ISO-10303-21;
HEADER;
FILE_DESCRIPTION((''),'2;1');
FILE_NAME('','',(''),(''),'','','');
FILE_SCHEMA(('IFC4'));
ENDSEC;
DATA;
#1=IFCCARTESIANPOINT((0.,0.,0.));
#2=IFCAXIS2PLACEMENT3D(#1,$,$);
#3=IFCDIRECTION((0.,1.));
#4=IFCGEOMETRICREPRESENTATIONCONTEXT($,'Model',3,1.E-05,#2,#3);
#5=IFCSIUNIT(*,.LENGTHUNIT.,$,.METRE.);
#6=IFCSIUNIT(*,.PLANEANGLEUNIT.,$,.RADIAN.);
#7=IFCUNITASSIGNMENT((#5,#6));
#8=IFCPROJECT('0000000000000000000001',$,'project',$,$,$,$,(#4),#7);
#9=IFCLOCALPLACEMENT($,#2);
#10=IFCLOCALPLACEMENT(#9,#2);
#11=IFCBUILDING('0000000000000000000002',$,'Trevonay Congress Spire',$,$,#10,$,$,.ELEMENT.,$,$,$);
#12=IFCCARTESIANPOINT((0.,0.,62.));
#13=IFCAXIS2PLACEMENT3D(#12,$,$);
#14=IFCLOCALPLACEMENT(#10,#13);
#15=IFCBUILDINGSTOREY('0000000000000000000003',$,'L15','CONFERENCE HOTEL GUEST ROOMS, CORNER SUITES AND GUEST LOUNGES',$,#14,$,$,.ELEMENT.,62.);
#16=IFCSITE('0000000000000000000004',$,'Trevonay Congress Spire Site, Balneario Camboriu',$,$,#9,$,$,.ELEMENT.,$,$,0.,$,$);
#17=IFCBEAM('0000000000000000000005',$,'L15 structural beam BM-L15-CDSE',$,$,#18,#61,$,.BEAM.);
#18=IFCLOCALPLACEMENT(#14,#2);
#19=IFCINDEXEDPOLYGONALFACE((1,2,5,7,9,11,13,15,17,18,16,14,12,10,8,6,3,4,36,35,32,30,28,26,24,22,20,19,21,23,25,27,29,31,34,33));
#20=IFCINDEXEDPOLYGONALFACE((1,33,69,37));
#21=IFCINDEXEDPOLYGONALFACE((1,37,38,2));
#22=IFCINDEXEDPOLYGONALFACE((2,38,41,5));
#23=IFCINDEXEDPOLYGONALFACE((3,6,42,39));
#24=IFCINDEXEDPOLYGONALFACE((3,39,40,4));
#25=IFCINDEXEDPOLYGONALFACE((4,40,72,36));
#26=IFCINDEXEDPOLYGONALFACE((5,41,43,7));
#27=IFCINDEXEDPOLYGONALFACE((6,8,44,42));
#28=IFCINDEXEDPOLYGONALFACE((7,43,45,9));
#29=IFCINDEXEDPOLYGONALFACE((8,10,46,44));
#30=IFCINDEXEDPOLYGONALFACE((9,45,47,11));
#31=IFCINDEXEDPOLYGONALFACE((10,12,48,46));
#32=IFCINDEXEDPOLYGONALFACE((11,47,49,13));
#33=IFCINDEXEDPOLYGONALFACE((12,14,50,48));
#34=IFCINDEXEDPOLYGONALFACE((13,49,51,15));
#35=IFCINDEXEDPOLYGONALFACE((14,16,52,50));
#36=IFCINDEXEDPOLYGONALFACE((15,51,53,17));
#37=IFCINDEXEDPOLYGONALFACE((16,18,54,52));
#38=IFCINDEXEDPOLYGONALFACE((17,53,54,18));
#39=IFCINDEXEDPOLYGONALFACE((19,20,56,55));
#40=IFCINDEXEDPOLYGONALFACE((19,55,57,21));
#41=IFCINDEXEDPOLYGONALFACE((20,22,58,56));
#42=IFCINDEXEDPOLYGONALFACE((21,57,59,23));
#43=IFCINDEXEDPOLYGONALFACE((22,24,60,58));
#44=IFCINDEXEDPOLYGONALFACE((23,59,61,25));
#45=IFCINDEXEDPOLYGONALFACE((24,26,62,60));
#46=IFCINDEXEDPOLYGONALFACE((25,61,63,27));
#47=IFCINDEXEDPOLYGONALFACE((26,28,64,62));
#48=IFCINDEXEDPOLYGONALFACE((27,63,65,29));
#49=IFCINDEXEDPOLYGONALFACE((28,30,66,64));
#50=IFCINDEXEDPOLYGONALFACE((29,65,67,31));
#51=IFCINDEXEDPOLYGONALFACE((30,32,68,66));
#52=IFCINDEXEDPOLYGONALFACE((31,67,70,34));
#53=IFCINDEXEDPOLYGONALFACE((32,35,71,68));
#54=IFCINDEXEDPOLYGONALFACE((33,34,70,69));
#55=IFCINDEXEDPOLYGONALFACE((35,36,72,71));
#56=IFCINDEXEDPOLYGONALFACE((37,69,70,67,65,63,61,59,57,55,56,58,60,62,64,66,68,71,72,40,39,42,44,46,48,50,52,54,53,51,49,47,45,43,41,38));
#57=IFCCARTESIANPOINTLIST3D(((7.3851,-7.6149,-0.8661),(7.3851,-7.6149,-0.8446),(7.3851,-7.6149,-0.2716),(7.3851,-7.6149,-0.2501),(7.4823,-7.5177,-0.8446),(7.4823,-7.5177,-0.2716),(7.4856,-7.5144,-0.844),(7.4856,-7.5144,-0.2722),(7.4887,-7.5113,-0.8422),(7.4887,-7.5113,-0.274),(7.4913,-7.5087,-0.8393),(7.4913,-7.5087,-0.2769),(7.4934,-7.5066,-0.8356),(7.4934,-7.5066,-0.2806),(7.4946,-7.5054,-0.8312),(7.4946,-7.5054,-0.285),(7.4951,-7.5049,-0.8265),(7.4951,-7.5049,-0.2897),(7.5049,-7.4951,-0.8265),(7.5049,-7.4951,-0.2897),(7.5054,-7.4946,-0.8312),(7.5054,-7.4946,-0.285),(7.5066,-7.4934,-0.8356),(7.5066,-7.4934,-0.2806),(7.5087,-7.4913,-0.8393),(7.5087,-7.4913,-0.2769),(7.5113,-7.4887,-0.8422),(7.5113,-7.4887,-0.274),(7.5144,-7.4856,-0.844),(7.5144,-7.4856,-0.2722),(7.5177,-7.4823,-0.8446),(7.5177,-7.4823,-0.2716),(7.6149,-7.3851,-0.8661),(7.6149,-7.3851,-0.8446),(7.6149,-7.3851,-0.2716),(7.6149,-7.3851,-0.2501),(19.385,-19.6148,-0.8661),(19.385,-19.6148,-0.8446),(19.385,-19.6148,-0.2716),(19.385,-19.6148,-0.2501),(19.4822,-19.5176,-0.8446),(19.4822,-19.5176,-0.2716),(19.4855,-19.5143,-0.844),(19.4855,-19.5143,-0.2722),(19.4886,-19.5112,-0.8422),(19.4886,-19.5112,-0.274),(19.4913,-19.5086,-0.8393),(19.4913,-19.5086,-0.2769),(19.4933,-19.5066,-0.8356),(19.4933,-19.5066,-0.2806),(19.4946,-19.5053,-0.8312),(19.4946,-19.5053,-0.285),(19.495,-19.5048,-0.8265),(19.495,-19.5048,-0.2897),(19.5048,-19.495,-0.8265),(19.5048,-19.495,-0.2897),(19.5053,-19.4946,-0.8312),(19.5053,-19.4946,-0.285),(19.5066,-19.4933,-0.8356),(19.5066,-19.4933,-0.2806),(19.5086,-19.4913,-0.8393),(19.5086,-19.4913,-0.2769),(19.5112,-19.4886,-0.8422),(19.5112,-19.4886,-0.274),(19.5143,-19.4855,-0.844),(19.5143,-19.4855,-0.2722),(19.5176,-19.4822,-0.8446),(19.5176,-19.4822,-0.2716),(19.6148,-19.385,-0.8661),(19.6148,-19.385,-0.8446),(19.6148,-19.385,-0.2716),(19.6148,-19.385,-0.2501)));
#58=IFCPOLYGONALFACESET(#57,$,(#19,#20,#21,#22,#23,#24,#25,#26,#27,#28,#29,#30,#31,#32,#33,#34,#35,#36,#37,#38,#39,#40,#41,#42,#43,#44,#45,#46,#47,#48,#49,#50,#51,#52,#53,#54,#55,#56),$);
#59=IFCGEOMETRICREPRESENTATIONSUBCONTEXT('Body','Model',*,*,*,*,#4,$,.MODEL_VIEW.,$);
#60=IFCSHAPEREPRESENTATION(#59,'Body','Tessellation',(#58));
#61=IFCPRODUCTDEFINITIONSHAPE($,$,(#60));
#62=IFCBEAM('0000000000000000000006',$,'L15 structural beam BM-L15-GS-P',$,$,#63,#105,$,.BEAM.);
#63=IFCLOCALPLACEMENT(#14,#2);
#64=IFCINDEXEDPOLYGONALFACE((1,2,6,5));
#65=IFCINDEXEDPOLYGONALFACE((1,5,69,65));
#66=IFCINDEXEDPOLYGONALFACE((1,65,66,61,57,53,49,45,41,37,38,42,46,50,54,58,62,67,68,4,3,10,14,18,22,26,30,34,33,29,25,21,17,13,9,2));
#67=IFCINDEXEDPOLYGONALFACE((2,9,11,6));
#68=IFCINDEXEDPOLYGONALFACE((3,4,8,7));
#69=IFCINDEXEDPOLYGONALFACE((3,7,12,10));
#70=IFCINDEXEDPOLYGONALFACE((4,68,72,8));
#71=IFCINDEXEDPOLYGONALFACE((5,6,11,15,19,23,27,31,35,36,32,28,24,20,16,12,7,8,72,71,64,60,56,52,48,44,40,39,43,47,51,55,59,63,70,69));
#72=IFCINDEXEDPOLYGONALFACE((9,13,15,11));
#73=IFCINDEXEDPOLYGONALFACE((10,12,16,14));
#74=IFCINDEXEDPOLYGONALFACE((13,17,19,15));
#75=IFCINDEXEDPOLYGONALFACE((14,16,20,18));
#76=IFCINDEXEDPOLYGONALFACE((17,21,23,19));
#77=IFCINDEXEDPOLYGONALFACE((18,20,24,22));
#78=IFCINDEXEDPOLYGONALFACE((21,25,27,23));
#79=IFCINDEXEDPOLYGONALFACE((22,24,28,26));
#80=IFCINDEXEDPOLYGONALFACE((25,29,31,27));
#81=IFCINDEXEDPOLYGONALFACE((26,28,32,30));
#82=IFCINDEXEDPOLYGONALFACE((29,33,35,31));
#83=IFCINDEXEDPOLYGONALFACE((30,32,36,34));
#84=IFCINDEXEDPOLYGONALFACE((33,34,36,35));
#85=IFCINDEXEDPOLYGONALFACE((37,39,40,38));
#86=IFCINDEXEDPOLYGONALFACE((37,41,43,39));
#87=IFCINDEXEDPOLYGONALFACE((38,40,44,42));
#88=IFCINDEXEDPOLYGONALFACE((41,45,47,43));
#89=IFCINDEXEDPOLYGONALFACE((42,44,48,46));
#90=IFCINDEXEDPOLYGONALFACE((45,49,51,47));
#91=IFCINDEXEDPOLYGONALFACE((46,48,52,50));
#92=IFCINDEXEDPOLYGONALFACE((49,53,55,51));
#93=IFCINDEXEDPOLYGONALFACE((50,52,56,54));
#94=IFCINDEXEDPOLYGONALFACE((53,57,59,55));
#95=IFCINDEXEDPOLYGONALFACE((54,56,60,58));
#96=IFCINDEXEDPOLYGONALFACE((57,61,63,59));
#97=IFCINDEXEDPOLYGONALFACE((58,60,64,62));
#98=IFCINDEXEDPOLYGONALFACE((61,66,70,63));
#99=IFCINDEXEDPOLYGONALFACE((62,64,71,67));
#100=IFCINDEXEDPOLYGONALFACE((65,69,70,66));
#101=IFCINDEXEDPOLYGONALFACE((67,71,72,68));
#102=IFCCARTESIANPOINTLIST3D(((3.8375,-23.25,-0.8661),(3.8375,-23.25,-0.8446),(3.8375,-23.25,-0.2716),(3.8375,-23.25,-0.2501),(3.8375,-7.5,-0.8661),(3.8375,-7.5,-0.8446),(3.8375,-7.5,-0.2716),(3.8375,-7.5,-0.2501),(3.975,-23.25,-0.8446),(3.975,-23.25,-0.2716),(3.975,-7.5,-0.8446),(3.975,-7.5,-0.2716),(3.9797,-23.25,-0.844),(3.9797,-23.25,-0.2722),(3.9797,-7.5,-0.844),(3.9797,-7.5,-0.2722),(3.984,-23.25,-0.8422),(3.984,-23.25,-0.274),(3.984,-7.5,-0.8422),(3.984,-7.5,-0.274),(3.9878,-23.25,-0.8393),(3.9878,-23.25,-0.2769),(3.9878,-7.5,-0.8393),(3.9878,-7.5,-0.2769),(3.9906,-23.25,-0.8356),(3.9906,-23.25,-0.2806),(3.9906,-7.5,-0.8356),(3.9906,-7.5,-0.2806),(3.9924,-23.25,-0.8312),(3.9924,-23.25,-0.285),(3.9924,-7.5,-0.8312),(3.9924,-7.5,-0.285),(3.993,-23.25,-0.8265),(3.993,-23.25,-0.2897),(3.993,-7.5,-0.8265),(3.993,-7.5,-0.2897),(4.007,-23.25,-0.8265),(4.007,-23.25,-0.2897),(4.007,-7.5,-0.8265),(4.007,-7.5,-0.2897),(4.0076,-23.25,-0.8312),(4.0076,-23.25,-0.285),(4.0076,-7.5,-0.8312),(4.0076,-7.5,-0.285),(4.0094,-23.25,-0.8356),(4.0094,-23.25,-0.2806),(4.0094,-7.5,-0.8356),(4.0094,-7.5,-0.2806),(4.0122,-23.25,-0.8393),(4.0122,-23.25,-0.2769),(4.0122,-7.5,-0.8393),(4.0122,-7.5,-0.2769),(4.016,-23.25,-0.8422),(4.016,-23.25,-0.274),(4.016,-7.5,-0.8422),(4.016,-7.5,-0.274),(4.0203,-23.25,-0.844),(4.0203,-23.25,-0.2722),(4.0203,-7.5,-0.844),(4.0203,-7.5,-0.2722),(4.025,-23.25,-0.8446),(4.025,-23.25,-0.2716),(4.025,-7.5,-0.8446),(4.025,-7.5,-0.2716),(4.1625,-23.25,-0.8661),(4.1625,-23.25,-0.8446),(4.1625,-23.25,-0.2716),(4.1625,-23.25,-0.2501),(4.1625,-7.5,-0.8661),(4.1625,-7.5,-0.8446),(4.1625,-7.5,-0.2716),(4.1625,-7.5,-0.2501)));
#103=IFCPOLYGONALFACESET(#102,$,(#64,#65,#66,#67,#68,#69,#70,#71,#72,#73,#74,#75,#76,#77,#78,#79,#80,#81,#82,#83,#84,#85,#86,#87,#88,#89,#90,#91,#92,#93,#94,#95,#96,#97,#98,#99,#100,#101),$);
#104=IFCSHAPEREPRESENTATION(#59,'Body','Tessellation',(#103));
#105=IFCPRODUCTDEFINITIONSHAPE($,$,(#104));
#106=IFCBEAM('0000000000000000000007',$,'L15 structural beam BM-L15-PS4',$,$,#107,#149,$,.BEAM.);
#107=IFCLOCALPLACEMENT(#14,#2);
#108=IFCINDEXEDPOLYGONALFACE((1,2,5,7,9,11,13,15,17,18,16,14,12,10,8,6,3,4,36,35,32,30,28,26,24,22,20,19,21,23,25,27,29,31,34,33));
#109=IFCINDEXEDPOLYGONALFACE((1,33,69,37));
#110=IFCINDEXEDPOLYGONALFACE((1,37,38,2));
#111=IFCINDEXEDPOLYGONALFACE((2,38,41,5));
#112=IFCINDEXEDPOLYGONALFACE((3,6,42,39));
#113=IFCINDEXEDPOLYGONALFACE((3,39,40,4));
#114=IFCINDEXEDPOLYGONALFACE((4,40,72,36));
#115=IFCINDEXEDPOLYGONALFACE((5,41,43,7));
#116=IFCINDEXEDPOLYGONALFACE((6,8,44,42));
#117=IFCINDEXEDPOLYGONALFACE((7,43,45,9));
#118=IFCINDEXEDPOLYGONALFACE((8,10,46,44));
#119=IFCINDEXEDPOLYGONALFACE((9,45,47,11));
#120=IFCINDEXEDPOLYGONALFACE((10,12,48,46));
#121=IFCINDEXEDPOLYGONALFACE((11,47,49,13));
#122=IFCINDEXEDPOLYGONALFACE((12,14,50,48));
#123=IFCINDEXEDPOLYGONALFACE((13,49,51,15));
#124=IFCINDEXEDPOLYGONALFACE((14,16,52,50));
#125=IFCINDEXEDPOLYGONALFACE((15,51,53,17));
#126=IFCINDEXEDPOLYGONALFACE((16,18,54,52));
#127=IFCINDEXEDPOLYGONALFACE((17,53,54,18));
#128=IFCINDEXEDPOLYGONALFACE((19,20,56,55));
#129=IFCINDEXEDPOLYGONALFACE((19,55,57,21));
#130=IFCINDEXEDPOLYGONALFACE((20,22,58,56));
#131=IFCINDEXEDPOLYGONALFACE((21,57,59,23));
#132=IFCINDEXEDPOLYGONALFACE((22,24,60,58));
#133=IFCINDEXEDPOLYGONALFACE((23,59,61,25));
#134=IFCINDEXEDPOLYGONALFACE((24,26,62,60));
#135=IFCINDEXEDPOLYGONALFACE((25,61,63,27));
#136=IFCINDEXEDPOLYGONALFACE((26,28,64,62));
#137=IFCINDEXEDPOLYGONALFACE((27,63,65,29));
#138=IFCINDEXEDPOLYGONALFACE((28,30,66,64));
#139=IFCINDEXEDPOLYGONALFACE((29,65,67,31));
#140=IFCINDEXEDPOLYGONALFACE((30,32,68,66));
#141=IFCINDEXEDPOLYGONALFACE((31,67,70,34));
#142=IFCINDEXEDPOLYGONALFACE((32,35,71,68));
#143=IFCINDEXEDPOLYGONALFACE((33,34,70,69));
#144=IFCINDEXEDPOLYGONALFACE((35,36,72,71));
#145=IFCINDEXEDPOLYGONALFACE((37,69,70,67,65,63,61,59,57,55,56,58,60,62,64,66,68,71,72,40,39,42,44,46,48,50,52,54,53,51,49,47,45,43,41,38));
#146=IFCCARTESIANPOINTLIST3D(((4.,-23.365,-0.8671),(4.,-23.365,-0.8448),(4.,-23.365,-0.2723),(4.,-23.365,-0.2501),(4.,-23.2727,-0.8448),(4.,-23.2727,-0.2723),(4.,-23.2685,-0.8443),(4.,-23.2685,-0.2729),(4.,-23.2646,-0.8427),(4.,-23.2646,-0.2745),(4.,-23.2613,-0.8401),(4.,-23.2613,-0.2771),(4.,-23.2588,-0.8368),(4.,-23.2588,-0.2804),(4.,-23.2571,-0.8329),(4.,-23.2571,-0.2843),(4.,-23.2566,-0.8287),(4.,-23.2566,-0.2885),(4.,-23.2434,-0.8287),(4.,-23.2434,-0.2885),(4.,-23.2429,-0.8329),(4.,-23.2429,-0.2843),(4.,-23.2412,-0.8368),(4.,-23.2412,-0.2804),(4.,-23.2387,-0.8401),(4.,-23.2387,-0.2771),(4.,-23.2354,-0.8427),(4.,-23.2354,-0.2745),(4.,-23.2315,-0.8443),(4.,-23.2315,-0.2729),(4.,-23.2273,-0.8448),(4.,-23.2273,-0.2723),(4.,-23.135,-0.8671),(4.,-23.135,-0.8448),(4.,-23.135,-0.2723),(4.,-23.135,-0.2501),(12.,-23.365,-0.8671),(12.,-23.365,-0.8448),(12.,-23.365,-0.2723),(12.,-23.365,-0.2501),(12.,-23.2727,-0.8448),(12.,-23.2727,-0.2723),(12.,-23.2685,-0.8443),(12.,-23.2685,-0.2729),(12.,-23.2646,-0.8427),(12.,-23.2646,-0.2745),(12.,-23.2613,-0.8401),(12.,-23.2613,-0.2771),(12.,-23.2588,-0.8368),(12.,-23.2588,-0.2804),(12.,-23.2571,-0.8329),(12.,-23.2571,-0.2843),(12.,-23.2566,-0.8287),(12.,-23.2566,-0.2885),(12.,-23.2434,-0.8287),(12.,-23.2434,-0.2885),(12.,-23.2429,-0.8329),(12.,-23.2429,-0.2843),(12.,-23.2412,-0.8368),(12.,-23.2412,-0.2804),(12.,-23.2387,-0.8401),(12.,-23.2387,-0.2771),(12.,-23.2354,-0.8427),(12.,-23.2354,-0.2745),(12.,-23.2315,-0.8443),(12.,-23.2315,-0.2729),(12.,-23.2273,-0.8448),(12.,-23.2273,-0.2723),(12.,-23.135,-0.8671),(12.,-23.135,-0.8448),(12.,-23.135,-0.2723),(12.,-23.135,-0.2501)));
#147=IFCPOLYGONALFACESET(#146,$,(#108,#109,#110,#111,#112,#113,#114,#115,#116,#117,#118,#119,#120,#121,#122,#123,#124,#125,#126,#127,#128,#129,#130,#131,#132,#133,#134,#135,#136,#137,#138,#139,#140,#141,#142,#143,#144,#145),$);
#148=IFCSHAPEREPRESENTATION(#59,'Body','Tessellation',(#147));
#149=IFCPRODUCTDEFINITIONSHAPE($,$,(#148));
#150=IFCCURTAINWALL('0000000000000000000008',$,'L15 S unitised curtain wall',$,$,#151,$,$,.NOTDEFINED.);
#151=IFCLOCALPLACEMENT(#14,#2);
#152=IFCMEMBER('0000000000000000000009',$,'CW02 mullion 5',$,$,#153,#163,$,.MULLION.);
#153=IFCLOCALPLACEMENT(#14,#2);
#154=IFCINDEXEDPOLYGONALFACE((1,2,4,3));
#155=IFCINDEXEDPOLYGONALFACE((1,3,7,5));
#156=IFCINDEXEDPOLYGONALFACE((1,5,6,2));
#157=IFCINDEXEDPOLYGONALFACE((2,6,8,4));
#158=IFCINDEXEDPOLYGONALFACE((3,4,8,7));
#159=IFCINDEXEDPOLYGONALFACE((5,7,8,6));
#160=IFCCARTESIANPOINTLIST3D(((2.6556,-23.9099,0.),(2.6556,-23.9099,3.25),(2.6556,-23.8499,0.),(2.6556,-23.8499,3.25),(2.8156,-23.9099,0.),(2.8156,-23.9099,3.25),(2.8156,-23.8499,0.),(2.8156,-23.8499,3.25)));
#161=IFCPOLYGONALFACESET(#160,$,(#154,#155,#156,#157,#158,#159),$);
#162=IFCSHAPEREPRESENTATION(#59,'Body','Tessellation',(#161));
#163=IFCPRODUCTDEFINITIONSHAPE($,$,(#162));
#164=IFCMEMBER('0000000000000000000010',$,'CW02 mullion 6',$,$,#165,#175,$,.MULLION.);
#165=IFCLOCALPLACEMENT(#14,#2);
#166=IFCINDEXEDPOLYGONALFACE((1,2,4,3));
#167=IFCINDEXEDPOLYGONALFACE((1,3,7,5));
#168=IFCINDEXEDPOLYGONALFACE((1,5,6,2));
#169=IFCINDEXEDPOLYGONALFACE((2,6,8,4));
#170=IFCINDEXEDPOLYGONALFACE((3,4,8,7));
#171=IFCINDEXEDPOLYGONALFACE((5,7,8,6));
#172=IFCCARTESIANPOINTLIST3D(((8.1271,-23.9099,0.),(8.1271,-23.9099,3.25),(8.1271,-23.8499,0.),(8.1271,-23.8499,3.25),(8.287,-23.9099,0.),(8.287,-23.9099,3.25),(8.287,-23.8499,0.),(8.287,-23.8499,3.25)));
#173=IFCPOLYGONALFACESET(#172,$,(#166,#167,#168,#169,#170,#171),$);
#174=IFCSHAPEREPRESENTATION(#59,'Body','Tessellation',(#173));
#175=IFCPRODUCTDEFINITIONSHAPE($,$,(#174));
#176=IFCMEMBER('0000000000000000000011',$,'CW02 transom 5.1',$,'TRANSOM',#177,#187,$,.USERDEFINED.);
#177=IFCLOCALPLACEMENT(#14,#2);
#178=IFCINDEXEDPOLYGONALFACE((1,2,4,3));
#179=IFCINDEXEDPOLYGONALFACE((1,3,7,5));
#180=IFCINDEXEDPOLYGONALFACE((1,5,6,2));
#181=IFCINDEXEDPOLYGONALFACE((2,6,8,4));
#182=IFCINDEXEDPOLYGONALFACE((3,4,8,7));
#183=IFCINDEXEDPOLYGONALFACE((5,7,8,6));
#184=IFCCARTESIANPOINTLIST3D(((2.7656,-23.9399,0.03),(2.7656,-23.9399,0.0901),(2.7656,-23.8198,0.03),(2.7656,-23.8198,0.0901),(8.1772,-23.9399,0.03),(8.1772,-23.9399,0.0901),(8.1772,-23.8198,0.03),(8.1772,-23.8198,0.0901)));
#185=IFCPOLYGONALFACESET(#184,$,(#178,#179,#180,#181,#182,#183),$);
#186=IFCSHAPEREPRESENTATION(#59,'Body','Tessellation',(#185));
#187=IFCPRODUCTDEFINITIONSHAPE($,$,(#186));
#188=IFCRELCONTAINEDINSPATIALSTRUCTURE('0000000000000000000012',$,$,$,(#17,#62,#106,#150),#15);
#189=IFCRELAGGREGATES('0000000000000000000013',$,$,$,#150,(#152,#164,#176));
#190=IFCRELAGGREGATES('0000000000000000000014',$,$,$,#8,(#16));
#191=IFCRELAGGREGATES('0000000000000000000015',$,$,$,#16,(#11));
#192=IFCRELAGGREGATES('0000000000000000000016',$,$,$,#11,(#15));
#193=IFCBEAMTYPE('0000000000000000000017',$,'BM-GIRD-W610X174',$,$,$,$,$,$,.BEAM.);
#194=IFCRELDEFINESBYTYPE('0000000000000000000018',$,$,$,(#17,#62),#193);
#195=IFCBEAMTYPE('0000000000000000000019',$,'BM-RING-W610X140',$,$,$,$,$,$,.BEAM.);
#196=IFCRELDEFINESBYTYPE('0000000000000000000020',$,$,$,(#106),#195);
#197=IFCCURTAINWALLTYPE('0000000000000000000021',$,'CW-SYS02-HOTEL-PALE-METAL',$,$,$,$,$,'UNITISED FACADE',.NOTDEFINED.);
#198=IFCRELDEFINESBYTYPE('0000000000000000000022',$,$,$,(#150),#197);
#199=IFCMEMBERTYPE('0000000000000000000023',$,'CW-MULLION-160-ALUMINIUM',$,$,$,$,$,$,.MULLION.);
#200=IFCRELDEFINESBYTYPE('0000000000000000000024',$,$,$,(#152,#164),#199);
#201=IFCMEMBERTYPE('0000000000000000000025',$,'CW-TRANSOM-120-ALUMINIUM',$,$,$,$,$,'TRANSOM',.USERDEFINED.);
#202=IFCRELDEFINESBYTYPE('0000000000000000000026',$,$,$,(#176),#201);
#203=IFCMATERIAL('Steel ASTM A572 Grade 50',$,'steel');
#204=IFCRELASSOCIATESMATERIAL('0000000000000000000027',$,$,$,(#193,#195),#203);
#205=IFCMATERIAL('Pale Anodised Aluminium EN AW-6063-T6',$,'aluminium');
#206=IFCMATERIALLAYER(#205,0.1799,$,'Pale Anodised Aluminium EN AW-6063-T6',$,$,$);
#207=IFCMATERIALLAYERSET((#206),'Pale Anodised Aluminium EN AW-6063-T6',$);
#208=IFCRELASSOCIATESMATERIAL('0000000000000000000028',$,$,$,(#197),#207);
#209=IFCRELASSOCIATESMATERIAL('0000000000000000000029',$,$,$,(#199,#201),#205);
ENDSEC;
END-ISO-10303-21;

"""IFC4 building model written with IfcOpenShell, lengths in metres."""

from ifc_helpers import new_model, si_unit, direction, frame, origin, origin_2d, place, context, subcontext, project, spatial, rectangle, i_section, extrude, material, layer, layer_set, material_profile, profile_set, type_object, element, aggregate, save


model = new_model("IFC4")

# Units and contexts
model_context = context("Model", 3, precision=1e-05, world=origin(), true_north=direction((0.0, 1.0)))
body_context = subcontext(model_context, "Body", "Model", "MODEL_VIEW")
ifc_project = project(units=[si_unit("LENGTHUNIT", "METRE"), si_unit("PLANEANGLEUNIT", "RADIAN")], contexts=[model_context])

# Site, building, storey
site_placement = place(None, origin())
site = spatial("IfcSite", under=ifc_project, at=site_placement, Name="Trevonay Congress Spire Site, Balneario Camboriu", CompositionType="ELEMENT", RefElevation=0.0)
building_placement = place(site_placement, origin())
building = spatial("IfcBuilding", under=site, at=building_placement, Name="Trevonay Congress Spire", CompositionType="ELEMENT")
storey_placement = place(building_placement, frame((0.0, 0.0, 62.0)))
storey = spatial("IfcBuildingStorey", under=building, at=storey_placement, Name="L15", Description="CONFERENCE HOTEL GUEST ROOMS, CORNER SUITES AND GUEST LOUNGES", CompositionType="ELEMENT", Elevation=62.0)

# Shared definitions
ifc_material_1 = material(Name="Steel ASTM A572 Grade 50", Category="steel")

# Beams
ifc_material_profile_1 = material_profile(ifc_material_1, i_section(OverallWidth=0.325, OverallDepth=0.616, WebThickness=0.0139, FlangeThickness=0.0215, FilletRadius=0.0181, at=origin_2d()), Name="W610x174")
ifc_profile_set_1 = profile_set([ifc_material_profile_1], Name="Steel ASTM A572 Grade 50")
beam_type_1 = type_object("IfcBeamType", Name="BM-GIRD-W610X174", PredefinedType="BEAM", material=ifc_profile_set_1)
beam_1_placement = place(storey_placement, frame((7.5, -7.5, -0.5581), z_axis=(0.707107, -0.707107, 0.0), x_axis=(0.707107, 0.707107, 0.0)))
element("IfcBeam", 1, at=beam_1_placement, inside=storey, type_object=beam_type_1, Name="L15 structural beam BM-L15-CDSE", PredefinedType="BEAM", context=body_context, shape_type="SweptSolid", body=[
    extrude(i_section(OverallWidth=0.325, OverallDepth=0.616, WebThickness=0.0139, FlangeThickness=0.0215, FilletRadius=0.0181, at=origin_2d()), origin(), (0.0, 0.0, 1.0), 16.9705),
])
beam_2_placement = place(storey_placement, frame((4.0, -7.5, -0.5581), z_axis=(0.0, -1.0, 0.0), x_axis=(1.0, 0.0, 0.0)))
element("IfcBeam", 2, at=beam_2_placement, inside=storey, type_object=beam_type_1, Name="L15 structural beam BM-L15-GS-P", PredefinedType="BEAM", context=body_context, shape_type="SweptSolid", body=[
    extrude(i_section(OverallWidth=0.325, OverallDepth=0.616, WebThickness=0.0139, FlangeThickness=0.0215, FilletRadius=0.0181, at=origin_2d()), origin(), (0.0, 0.0, 1.0), 15.75),
])
ifc_material_profile_2 = material_profile(ifc_material_1, i_section(OverallWidth=0.23, OverallDepth=0.6169, WebThickness=0.0132, FlangeThickness=0.0222, FilletRadius=0.0161, at=origin_2d()), Name="W610x140")
ifc_profile_set_2 = profile_set([ifc_material_profile_2], Name="Steel ASTM A572 Grade 50")
beam_type_2 = type_object("IfcBeamType", Name="BM-RING-W610X140", PredefinedType="BEAM", material=ifc_profile_set_2)
beam_3_placement = place(storey_placement, frame((4.0, -23.25, -0.5586), z_axis=(1.0, 0.0, 0.0), x_axis=(0.0, 1.0, 0.0)))
element("IfcBeam", 3, at=beam_3_placement, inside=storey, type_object=beam_type_2, Name="L15 structural beam BM-L15-PS4", PredefinedType="BEAM", context=body_context, shape_type="SweptSolid", body=[
    extrude(i_section(OverallWidth=0.23, OverallDepth=0.6169, WebThickness=0.0132, FlangeThickness=0.0222, FilletRadius=0.0161, at=origin_2d()), origin(), (0.0, 0.0, 1.0), 8.0),
])

# Curtain wall, members
ifc_material_2 = material(Name="Pale Anodised Aluminium EN AW-6063-T6", Category="aluminium")
ifc_layer_1 = layer(ifc_material_2, 0.1799, Name="Pale Anodised Aluminium EN AW-6063-T6")
ifc_layer_set_1 = layer_set([ifc_layer_1], Name="Pale Anodised Aluminium EN AW-6063-T6")
curtain_wall_type = type_object("IfcCurtainWallType", Name="CW-SYS02-HOTEL-PALE-METAL", ElementType="UNITISED FACADE", PredefinedType="NOTDEFINED", material=ifc_layer_set_1)
curtain_wall_placement = place(storey_placement, origin())
curtain_wall = element("IfcCurtainWall", 4, at=curtain_wall_placement, inside=storey, type_object=curtain_wall_type, Name="L15 S unitised curtain wall", PredefinedType="NOTDEFINED")
ifc_material_profile_3 = material_profile(ifc_material_2, rectangle(XDim=0.0601, YDim=0.1599, at=origin_2d()), Name="CW-MULLION-160-ALUMINIUM")
ifc_profile_set_3 = profile_set([ifc_material_profile_3], Name="Pale Anodised Aluminium EN AW-6063-T6")
member_type_1 = type_object("IfcMemberType", Name="CW-MULLION-160-ALUMINIUM", PredefinedType="MULLION", material=ifc_profile_set_3)
member_1_placement = place(storey_placement, frame((2.7356, -23.8799, 0.0), z_axis=(0.0, 0.0, 1.0), x_axis=(0.0, 1.0, 0.0)))
member_1 = element("IfcMember", 5, at=member_1_placement, type_object=member_type_1, Name="CW02 mullion 5", PredefinedType="MULLION", context=body_context, shape_type="SweptSolid", body=[
    extrude(rectangle(XDim=0.0601, YDim=0.1599, at=origin_2d()), origin(), (0.0, 0.0, 1.0), 3.25),
])
member_2_placement = place(storey_placement, frame((8.207, -23.8799, 0.0), z_axis=(0.0, 0.0, 1.0), x_axis=(0.0, 1.0, 0.0)))
member_2 = element("IfcMember", 6, at=member_2_placement, type_object=member_type_1, Name="CW02 mullion 6", PredefinedType="MULLION", context=body_context, shape_type="SweptSolid", body=[
    extrude(rectangle(XDim=0.0601, YDim=0.1599, at=origin_2d()), origin(), (0.0, 0.0, 1.0), 3.25),
])
ifc_material_profile_4 = material_profile(ifc_material_2, rectangle(XDim=0.1201, YDim=0.0601, at=origin_2d()), Name="CW-TRANSOM-120-ALUMINIUM")
ifc_profile_set_4 = profile_set([ifc_material_profile_4], Name="Pale Anodised Aluminium EN AW-6063-T6")
member_type_2 = type_object("IfcMemberType", Name="CW-TRANSOM-120-ALUMINIUM", ElementType="TRANSOM", PredefinedType="USERDEFINED", material=ifc_profile_set_4)
member_3_placement = place(storey_placement, frame((2.7656, -23.8799, 0.0601), z_axis=(1.0, 0.0, 0.0), x_axis=(0.0, 1.0, 0.0)))
member_3 = element("IfcMember", 7, at=member_3_placement, type_object=member_type_2, Name="CW02 transom 5.1", ObjectType="TRANSOM", PredefinedType="USERDEFINED", context=body_context, shape_type="SweptSolid", body=[
    extrude(rectangle(XDim=0.1201, YDim=0.0601, at=origin_2d()), origin(), (0.0, 0.0, 1.0), 5.4116),
])
aggregate(curtain_wall, [member_1, member_2, member_3])

save(model, "model.ifc")
